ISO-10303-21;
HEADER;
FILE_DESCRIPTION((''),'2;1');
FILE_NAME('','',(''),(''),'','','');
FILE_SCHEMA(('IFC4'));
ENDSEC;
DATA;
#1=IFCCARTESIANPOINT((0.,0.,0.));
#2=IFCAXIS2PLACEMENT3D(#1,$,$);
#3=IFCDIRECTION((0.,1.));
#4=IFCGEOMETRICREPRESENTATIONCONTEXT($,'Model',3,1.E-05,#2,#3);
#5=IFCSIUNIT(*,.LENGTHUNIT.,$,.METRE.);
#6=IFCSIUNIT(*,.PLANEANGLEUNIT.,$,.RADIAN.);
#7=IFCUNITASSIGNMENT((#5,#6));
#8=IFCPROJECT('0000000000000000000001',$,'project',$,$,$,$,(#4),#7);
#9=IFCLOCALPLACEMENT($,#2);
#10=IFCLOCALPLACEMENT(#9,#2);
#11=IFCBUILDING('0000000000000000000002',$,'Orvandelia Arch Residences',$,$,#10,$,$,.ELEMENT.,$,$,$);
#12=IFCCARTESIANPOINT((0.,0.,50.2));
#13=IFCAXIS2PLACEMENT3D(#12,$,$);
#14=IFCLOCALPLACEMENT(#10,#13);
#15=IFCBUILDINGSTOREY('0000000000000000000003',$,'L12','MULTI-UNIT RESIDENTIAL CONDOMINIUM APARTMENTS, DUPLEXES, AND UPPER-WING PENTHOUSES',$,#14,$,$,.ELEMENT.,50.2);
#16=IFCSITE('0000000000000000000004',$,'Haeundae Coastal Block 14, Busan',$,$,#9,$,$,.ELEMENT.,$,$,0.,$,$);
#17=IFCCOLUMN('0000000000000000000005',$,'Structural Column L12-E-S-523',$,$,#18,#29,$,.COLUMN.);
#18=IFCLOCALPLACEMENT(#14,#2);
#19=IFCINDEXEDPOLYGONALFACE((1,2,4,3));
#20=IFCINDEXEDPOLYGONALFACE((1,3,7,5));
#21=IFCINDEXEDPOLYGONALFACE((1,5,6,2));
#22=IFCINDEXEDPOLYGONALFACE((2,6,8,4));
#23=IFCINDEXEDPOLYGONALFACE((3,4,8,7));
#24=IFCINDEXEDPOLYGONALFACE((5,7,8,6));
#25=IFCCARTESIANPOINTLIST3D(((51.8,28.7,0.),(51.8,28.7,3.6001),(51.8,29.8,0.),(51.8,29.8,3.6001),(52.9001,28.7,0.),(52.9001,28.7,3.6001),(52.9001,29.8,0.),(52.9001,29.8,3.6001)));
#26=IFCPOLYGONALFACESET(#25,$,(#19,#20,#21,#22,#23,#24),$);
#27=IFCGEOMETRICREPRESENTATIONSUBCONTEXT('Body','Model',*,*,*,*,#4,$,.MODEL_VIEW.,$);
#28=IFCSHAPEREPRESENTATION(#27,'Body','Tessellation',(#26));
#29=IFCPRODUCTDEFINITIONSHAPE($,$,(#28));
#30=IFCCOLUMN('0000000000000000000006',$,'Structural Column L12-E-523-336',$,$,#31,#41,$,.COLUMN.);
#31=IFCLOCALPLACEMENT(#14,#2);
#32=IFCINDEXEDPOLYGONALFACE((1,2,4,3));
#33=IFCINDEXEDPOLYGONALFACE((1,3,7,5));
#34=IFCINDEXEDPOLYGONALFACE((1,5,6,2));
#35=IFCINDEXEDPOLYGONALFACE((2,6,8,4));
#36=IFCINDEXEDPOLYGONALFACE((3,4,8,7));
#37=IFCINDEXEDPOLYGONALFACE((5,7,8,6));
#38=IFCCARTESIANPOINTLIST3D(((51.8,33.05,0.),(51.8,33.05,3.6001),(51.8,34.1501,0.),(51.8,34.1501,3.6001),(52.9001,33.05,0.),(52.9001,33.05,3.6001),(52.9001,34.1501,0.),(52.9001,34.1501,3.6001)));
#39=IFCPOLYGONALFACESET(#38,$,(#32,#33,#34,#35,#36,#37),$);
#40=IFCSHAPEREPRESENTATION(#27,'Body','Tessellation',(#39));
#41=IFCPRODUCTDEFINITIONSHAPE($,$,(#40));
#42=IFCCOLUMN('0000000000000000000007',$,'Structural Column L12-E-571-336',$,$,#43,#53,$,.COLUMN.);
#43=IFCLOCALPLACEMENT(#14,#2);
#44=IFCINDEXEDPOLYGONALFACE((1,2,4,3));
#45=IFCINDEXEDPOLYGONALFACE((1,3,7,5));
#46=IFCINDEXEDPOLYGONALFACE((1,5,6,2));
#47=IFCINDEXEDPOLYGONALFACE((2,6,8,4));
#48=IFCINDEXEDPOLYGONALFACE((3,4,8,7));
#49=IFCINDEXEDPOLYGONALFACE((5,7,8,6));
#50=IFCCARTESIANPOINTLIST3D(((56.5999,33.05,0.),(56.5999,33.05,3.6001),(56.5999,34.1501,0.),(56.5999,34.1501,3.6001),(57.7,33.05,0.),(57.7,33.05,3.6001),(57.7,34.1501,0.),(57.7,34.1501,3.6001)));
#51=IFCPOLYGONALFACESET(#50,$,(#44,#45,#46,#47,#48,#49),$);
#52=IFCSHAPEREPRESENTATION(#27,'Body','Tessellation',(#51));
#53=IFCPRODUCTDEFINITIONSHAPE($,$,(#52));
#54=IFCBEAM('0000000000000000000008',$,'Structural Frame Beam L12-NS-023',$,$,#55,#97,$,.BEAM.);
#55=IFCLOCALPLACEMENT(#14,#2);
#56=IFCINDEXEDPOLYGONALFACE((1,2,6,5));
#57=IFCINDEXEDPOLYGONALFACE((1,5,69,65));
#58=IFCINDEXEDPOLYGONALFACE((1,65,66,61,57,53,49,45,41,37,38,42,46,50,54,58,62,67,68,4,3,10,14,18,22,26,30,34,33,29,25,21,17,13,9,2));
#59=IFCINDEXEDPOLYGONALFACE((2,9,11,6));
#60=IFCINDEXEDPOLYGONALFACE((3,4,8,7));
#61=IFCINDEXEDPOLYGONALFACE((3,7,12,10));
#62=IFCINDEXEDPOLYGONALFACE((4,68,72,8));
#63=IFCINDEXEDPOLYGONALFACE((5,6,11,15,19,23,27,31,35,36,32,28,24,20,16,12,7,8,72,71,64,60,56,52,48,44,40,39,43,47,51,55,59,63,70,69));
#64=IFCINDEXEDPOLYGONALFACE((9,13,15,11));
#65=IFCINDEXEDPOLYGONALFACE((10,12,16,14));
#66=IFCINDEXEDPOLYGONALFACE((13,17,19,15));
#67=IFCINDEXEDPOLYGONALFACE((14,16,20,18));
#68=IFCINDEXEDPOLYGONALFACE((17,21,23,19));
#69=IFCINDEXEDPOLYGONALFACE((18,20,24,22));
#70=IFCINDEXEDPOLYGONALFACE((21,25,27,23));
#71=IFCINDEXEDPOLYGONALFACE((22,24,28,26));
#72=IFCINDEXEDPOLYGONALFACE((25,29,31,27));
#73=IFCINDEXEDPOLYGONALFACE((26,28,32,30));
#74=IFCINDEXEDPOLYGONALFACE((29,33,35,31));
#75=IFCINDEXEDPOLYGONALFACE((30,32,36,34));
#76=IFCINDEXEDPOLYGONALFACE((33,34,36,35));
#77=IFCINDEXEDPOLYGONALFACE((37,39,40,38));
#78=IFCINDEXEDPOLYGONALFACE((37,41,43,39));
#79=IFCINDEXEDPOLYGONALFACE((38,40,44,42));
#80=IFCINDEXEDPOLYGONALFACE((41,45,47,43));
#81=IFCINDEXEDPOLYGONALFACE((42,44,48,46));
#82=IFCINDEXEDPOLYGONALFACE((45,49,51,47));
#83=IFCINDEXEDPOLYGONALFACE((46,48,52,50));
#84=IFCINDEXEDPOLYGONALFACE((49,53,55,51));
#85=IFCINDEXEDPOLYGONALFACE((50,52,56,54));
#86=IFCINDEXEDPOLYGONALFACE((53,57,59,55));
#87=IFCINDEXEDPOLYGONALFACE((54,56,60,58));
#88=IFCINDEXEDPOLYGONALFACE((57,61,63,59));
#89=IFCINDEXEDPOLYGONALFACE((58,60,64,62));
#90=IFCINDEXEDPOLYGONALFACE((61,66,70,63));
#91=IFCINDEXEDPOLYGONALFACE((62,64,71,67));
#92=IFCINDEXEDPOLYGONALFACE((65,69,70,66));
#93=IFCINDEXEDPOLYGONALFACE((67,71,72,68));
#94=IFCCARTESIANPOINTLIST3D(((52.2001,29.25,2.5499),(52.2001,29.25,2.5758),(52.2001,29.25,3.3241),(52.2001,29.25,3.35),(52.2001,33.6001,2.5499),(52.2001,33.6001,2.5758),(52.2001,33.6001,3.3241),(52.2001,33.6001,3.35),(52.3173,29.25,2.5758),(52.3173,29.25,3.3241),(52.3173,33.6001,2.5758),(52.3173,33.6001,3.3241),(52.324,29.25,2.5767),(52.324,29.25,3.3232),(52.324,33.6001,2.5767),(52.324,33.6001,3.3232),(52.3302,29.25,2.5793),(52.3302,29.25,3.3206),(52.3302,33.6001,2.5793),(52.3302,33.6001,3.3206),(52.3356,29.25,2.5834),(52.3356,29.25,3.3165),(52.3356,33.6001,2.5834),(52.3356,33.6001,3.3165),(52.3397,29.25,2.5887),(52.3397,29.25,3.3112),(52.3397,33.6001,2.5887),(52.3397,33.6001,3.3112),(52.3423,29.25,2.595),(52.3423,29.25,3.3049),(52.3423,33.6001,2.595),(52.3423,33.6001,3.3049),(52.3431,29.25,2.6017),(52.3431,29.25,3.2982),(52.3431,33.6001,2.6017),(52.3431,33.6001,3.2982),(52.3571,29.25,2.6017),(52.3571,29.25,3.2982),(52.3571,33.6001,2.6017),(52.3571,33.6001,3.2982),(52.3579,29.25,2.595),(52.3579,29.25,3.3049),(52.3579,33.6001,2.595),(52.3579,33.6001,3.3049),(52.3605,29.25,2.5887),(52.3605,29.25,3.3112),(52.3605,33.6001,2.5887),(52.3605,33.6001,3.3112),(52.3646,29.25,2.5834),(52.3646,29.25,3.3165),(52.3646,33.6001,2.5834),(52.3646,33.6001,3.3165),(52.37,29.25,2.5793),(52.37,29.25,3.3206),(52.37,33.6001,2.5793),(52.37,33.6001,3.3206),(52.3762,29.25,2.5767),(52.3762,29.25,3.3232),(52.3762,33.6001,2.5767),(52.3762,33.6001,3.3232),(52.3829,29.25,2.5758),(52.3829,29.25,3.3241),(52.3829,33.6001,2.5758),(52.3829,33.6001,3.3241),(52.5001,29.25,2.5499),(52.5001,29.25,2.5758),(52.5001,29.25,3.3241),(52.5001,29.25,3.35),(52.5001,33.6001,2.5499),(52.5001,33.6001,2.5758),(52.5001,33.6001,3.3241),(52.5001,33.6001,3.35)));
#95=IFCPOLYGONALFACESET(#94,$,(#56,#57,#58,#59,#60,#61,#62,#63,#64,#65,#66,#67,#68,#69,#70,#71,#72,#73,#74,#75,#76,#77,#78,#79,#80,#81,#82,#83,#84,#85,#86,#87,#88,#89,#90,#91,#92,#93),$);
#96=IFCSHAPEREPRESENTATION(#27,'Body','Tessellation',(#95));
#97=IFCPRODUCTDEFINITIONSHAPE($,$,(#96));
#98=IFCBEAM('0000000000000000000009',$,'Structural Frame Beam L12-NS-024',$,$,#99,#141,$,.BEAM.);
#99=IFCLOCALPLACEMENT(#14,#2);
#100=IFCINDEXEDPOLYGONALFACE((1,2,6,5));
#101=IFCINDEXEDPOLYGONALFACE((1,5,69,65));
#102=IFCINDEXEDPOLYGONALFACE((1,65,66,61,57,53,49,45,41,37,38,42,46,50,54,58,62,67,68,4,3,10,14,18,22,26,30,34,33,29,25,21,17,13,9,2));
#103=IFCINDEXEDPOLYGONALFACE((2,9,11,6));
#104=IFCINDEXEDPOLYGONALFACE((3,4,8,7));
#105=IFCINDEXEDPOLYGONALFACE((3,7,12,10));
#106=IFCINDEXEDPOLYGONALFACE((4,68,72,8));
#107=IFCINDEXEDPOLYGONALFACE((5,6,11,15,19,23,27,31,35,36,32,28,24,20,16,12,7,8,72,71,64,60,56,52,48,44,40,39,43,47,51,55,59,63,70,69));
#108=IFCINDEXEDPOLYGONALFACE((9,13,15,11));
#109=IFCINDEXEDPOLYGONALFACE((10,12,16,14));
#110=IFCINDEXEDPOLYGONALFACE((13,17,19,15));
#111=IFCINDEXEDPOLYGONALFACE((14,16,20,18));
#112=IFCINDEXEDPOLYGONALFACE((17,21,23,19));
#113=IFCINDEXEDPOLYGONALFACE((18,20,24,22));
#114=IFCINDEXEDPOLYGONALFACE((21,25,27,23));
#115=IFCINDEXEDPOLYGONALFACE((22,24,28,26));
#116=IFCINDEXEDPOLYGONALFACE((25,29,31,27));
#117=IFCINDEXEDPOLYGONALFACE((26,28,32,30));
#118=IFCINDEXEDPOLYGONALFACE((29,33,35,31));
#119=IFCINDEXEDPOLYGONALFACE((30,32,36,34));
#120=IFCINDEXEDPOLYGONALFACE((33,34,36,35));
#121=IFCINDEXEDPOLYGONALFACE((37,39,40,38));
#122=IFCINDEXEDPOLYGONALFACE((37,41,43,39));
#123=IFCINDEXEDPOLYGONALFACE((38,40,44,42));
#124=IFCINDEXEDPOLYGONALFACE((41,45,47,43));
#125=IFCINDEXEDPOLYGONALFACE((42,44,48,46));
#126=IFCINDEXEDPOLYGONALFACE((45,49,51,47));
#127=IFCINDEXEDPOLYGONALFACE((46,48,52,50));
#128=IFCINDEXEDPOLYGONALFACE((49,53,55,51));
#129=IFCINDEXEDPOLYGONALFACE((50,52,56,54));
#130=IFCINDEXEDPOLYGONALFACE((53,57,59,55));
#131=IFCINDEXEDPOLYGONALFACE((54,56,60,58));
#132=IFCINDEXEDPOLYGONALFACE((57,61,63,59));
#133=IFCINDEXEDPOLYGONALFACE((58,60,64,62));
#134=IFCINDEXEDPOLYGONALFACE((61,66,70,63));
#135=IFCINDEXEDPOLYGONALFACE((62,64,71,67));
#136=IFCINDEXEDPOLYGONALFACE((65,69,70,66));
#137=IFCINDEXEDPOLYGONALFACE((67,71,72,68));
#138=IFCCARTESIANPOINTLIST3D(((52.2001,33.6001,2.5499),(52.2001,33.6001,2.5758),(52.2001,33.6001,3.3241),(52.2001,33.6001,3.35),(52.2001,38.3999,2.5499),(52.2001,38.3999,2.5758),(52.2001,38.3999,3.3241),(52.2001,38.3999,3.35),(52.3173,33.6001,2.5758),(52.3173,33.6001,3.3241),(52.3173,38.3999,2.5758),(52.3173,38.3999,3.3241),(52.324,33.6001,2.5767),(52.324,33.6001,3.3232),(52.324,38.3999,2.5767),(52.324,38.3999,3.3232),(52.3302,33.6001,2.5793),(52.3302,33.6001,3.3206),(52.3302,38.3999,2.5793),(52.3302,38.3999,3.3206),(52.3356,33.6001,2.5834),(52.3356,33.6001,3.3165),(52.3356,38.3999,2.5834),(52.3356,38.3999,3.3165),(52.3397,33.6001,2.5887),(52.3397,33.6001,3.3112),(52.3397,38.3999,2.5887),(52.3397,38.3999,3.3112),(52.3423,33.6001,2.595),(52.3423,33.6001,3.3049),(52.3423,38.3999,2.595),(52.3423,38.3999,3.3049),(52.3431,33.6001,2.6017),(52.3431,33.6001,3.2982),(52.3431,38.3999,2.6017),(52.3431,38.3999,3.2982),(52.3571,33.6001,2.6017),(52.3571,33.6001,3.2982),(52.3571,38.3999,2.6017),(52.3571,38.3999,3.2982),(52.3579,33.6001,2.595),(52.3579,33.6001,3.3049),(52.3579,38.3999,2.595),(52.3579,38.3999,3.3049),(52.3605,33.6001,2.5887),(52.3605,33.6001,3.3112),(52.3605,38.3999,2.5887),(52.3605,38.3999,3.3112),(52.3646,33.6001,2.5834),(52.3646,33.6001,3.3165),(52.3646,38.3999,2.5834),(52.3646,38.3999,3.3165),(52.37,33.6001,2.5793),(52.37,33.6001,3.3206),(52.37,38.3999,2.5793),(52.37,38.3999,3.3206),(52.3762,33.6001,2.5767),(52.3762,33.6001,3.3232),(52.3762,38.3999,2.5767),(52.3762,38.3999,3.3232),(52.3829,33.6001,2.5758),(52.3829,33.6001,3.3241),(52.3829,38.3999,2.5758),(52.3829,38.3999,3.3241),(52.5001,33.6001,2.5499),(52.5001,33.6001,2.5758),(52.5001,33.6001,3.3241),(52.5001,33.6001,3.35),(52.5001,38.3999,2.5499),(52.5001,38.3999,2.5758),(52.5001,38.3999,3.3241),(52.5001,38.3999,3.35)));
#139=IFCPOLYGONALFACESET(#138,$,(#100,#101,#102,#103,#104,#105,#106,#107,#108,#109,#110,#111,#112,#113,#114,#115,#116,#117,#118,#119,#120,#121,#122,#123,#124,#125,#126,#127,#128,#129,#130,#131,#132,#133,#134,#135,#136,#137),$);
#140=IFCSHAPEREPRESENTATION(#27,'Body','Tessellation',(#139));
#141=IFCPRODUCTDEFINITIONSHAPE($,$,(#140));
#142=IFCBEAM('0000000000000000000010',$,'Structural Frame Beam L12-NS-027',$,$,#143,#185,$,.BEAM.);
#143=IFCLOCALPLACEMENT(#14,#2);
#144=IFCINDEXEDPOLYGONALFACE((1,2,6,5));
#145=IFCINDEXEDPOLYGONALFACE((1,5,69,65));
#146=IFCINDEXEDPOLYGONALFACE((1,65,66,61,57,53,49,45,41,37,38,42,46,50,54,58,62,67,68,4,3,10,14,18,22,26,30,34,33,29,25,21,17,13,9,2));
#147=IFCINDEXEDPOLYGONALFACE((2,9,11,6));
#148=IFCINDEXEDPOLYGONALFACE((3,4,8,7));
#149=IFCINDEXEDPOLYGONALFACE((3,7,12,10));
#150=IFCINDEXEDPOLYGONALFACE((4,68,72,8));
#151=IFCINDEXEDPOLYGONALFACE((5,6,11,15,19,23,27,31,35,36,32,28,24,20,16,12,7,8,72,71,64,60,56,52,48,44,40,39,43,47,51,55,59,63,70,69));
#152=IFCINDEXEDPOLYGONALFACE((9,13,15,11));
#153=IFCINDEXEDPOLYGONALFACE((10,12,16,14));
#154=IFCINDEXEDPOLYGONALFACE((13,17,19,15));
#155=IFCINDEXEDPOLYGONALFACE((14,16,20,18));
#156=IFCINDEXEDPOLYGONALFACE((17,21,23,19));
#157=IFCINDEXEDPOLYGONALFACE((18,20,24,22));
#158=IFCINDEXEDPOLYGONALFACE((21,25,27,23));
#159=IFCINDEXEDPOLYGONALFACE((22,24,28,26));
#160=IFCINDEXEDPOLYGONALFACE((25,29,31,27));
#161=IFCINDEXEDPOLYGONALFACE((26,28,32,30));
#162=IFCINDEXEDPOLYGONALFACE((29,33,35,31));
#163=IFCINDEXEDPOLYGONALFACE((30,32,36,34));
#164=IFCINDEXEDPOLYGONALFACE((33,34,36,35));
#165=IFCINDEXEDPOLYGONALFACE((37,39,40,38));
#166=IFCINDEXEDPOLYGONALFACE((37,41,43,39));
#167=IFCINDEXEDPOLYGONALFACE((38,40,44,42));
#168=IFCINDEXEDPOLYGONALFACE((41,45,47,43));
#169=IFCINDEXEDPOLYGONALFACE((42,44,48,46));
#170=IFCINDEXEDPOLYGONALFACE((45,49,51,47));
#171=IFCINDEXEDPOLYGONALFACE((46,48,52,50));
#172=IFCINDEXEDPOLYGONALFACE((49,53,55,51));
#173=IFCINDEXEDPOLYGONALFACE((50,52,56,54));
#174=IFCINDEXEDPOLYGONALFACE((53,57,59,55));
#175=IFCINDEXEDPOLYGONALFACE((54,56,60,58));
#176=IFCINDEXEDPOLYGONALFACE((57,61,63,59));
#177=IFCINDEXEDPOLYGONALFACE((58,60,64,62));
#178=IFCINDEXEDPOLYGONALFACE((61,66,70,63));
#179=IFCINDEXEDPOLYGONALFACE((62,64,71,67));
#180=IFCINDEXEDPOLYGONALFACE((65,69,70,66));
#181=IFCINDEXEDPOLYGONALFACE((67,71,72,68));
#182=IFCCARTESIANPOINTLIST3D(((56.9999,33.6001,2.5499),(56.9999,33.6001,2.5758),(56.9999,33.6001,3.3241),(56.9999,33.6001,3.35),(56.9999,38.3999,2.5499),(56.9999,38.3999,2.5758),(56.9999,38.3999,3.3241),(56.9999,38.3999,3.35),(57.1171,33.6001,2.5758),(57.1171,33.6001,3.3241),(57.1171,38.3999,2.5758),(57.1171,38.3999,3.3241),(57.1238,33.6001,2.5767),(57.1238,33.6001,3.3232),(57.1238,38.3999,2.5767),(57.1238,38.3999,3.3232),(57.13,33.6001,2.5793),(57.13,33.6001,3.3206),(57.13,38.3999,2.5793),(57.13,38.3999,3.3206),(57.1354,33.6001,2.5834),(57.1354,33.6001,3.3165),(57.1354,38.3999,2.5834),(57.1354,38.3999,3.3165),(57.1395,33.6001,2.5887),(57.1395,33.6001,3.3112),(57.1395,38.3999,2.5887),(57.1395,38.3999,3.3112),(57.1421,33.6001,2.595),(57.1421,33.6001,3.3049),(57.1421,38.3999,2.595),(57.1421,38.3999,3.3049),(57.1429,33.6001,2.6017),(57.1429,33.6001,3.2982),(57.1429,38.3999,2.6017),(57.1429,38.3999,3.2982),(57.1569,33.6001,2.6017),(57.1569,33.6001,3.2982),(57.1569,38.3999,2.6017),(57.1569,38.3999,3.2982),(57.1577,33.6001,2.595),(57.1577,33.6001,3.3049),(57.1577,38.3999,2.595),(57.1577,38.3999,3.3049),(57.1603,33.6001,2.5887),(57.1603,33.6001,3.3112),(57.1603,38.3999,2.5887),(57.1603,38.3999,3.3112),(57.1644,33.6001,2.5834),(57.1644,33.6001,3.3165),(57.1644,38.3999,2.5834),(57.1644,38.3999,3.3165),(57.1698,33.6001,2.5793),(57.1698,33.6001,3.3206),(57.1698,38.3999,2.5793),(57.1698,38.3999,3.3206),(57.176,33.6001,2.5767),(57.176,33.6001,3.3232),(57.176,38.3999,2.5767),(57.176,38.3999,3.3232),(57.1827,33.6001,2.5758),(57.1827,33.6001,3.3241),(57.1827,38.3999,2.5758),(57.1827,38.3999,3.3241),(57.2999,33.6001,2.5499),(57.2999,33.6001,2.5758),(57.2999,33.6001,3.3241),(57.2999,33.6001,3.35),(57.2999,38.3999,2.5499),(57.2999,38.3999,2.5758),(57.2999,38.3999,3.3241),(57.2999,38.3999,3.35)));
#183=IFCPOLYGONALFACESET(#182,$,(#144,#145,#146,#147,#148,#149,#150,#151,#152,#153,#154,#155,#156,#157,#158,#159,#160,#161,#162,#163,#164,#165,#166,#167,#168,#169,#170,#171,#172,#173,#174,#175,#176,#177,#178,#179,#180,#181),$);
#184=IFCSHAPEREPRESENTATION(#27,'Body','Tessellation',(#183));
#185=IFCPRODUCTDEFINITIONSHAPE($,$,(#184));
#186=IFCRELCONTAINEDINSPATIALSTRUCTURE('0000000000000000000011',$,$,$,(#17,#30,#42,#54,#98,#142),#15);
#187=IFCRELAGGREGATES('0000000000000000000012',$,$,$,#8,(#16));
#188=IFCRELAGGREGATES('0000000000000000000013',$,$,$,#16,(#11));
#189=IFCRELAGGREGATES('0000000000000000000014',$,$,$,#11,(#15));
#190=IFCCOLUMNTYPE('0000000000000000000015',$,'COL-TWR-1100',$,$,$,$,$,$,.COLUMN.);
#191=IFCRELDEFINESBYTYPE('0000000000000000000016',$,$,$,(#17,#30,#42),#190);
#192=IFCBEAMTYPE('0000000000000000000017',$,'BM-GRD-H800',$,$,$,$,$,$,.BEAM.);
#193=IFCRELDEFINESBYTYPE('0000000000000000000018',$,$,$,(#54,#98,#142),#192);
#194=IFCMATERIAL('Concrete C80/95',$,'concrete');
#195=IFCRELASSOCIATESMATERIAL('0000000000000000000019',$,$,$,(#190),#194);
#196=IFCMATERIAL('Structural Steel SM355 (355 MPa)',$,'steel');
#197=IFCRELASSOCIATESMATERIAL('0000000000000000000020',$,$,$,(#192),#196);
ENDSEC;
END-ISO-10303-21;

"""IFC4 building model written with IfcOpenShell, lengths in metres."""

from ifc_helpers import new_model, si_unit, direction, frame, origin, origin_2d, place, context, subcontext, project, spatial, rectangle, i_section, extrude, material, material_profile, profile_set, type_object, element, save


model = new_model("IFC4")

# Units and contexts
model_context = context("Model", 3, precision=1e-05, world=origin(), true_north=direction((0.0, 1.0)))
body_context = subcontext(model_context, "Body", "Model", "MODEL_VIEW")
ifc_project = project(units=[si_unit("LENGTHUNIT", "METRE"), si_unit("PLANEANGLEUNIT", "RADIAN")], contexts=[model_context])

# Site, building, storey
site_placement = place(None, origin())
site = spatial("IfcSite", under=ifc_project, at=site_placement, Name="Haeundae Coastal Block 14, Busan", CompositionType="ELEMENT", RefElevation=0.0)
building_placement = place(site_placement, origin())
building = spatial("IfcBuilding", under=site, at=building_placement, Name="Orvandelia Arch Residences", CompositionType="ELEMENT")
storey_placement = place(building_placement, frame((0.0, 0.0, 50.2)))
storey = spatial("IfcBuildingStorey", under=building, at=storey_placement, Name="L12", Description="MULTI-UNIT RESIDENTIAL CONDOMINIUM APARTMENTS, DUPLEXES, AND UPPER-WING PENTHOUSES", CompositionType="ELEMENT", Elevation=50.2)

# Columns
ifc_material_1 = material(Name="Concrete C80/95", Category="concrete")
ifc_material_profile_1 = material_profile(ifc_material_1, rectangle(XDim=1.1001, YDim=1.1001, at=origin_2d()), Name="Concrete C80/95", Category="concrete")
ifc_profile_set_1 = profile_set([ifc_material_profile_1], Name="Concrete C80/95")
column_type = type_object("IfcColumnType", Name="COL-TWR-1100", PredefinedType="COLUMN", material=ifc_profile_set_1)
for number, where, z_axis, x_axis, name in (
    (1, (52.3501, 29.25, 0.0), (0.0, 0.0, 1.0), (1.0, 0.0, 0.0), "Structural Column L12-E-S-523"),
    (2, (52.3501, 33.6001, 0.0), (0.0, 0.0, 1.0), (1.0, 0.0, 0.0), "Structural Column L12-E-523-336"),
    (3, (57.1499, 33.6001, 0.0), (0.0, 0.0, 1.0), (1.0, 0.0, 0.0), "Structural Column L12-E-571-336"),
):
    element("IfcColumn", number, at=place(storey_placement, frame(where, z_axis=z_axis, x_axis=x_axis)), inside=storey, type_object=column_type, Name=name, PredefinedType="COLUMN", context=body_context, shape_type="SweptSolid", body=[
        extrude(rectangle(XDim=1.1001, YDim=1.1001, at=origin_2d()), origin(), (0.0, 0.0, 1.0), 3.6001),
    ])

# Beams
ifc_material_2 = material(Name="Structural Steel SM355 (355 MPa)", Category="steel")
ifc_material_profile_2 = material_profile(ifc_material_2, i_section(OverallWidth=0.3, OverallDepth=0.8, WebThickness=0.0139, FlangeThickness=0.0259, FilletRadius=0.0259, at=origin_2d()), Name="Structural Steel SM355 (355 MPa)", Category="steel")
ifc_profile_set_2 = profile_set([ifc_material_profile_2], Name="Structural Steel SM355 (355 MPa)")
beam_type = type_object("IfcBeamType", Name="BM-GRD-H800", PredefinedType="BEAM", material=ifc_profile_set_2)
beam_placement = place(storey_placement, frame((52.3501, 29.25, 2.95), z_axis=(0.0, 1.0, 0.0), x_axis=(-1.0, 0.0, 0.0)))
element("IfcBeam", 4, at=beam_placement, inside=storey, type_object=beam_type, Name="Structural Frame Beam L12-NS-023", PredefinedType="BEAM", context=body_context, shape_type="SweptSolid", body=[
    extrude(i_section(OverallWidth=0.3, OverallDepth=0.8, WebThickness=0.0139, FlangeThickness=0.0259, FilletRadius=0.0259, at=origin_2d()), origin(), (0.0, 0.0, 1.0), 4.3501),
])
for number, where, z_axis, x_axis, name in (
    (5, (52.3501, 33.6001, 2.95), (0.0, 1.0, 0.0), (-1.0, 0.0, 0.0), "Structural Frame Beam L12-NS-024"),
    (6, (57.1499, 33.6001, 2.95), (0.0, 1.0, 0.0), (-1.0, 0.0, 0.0), "Structural Frame Beam L12-NS-027"),
):
    element("IfcBeam", number, at=place(storey_placement, frame(where, z_axis=z_axis, x_axis=x_axis)), inside=storey, type_object=beam_type, Name=name, PredefinedType="BEAM", context=body_context, shape_type="SweptSolid", body=[
        extrude(i_section(OverallWidth=0.3, OverallDepth=0.8, WebThickness=0.0139, FlangeThickness=0.0259, FilletRadius=0.0259, at=origin_2d()), origin(), (0.0, 0.0, 1.0), 4.7998),
    ])

save(model, "model.ifc")
